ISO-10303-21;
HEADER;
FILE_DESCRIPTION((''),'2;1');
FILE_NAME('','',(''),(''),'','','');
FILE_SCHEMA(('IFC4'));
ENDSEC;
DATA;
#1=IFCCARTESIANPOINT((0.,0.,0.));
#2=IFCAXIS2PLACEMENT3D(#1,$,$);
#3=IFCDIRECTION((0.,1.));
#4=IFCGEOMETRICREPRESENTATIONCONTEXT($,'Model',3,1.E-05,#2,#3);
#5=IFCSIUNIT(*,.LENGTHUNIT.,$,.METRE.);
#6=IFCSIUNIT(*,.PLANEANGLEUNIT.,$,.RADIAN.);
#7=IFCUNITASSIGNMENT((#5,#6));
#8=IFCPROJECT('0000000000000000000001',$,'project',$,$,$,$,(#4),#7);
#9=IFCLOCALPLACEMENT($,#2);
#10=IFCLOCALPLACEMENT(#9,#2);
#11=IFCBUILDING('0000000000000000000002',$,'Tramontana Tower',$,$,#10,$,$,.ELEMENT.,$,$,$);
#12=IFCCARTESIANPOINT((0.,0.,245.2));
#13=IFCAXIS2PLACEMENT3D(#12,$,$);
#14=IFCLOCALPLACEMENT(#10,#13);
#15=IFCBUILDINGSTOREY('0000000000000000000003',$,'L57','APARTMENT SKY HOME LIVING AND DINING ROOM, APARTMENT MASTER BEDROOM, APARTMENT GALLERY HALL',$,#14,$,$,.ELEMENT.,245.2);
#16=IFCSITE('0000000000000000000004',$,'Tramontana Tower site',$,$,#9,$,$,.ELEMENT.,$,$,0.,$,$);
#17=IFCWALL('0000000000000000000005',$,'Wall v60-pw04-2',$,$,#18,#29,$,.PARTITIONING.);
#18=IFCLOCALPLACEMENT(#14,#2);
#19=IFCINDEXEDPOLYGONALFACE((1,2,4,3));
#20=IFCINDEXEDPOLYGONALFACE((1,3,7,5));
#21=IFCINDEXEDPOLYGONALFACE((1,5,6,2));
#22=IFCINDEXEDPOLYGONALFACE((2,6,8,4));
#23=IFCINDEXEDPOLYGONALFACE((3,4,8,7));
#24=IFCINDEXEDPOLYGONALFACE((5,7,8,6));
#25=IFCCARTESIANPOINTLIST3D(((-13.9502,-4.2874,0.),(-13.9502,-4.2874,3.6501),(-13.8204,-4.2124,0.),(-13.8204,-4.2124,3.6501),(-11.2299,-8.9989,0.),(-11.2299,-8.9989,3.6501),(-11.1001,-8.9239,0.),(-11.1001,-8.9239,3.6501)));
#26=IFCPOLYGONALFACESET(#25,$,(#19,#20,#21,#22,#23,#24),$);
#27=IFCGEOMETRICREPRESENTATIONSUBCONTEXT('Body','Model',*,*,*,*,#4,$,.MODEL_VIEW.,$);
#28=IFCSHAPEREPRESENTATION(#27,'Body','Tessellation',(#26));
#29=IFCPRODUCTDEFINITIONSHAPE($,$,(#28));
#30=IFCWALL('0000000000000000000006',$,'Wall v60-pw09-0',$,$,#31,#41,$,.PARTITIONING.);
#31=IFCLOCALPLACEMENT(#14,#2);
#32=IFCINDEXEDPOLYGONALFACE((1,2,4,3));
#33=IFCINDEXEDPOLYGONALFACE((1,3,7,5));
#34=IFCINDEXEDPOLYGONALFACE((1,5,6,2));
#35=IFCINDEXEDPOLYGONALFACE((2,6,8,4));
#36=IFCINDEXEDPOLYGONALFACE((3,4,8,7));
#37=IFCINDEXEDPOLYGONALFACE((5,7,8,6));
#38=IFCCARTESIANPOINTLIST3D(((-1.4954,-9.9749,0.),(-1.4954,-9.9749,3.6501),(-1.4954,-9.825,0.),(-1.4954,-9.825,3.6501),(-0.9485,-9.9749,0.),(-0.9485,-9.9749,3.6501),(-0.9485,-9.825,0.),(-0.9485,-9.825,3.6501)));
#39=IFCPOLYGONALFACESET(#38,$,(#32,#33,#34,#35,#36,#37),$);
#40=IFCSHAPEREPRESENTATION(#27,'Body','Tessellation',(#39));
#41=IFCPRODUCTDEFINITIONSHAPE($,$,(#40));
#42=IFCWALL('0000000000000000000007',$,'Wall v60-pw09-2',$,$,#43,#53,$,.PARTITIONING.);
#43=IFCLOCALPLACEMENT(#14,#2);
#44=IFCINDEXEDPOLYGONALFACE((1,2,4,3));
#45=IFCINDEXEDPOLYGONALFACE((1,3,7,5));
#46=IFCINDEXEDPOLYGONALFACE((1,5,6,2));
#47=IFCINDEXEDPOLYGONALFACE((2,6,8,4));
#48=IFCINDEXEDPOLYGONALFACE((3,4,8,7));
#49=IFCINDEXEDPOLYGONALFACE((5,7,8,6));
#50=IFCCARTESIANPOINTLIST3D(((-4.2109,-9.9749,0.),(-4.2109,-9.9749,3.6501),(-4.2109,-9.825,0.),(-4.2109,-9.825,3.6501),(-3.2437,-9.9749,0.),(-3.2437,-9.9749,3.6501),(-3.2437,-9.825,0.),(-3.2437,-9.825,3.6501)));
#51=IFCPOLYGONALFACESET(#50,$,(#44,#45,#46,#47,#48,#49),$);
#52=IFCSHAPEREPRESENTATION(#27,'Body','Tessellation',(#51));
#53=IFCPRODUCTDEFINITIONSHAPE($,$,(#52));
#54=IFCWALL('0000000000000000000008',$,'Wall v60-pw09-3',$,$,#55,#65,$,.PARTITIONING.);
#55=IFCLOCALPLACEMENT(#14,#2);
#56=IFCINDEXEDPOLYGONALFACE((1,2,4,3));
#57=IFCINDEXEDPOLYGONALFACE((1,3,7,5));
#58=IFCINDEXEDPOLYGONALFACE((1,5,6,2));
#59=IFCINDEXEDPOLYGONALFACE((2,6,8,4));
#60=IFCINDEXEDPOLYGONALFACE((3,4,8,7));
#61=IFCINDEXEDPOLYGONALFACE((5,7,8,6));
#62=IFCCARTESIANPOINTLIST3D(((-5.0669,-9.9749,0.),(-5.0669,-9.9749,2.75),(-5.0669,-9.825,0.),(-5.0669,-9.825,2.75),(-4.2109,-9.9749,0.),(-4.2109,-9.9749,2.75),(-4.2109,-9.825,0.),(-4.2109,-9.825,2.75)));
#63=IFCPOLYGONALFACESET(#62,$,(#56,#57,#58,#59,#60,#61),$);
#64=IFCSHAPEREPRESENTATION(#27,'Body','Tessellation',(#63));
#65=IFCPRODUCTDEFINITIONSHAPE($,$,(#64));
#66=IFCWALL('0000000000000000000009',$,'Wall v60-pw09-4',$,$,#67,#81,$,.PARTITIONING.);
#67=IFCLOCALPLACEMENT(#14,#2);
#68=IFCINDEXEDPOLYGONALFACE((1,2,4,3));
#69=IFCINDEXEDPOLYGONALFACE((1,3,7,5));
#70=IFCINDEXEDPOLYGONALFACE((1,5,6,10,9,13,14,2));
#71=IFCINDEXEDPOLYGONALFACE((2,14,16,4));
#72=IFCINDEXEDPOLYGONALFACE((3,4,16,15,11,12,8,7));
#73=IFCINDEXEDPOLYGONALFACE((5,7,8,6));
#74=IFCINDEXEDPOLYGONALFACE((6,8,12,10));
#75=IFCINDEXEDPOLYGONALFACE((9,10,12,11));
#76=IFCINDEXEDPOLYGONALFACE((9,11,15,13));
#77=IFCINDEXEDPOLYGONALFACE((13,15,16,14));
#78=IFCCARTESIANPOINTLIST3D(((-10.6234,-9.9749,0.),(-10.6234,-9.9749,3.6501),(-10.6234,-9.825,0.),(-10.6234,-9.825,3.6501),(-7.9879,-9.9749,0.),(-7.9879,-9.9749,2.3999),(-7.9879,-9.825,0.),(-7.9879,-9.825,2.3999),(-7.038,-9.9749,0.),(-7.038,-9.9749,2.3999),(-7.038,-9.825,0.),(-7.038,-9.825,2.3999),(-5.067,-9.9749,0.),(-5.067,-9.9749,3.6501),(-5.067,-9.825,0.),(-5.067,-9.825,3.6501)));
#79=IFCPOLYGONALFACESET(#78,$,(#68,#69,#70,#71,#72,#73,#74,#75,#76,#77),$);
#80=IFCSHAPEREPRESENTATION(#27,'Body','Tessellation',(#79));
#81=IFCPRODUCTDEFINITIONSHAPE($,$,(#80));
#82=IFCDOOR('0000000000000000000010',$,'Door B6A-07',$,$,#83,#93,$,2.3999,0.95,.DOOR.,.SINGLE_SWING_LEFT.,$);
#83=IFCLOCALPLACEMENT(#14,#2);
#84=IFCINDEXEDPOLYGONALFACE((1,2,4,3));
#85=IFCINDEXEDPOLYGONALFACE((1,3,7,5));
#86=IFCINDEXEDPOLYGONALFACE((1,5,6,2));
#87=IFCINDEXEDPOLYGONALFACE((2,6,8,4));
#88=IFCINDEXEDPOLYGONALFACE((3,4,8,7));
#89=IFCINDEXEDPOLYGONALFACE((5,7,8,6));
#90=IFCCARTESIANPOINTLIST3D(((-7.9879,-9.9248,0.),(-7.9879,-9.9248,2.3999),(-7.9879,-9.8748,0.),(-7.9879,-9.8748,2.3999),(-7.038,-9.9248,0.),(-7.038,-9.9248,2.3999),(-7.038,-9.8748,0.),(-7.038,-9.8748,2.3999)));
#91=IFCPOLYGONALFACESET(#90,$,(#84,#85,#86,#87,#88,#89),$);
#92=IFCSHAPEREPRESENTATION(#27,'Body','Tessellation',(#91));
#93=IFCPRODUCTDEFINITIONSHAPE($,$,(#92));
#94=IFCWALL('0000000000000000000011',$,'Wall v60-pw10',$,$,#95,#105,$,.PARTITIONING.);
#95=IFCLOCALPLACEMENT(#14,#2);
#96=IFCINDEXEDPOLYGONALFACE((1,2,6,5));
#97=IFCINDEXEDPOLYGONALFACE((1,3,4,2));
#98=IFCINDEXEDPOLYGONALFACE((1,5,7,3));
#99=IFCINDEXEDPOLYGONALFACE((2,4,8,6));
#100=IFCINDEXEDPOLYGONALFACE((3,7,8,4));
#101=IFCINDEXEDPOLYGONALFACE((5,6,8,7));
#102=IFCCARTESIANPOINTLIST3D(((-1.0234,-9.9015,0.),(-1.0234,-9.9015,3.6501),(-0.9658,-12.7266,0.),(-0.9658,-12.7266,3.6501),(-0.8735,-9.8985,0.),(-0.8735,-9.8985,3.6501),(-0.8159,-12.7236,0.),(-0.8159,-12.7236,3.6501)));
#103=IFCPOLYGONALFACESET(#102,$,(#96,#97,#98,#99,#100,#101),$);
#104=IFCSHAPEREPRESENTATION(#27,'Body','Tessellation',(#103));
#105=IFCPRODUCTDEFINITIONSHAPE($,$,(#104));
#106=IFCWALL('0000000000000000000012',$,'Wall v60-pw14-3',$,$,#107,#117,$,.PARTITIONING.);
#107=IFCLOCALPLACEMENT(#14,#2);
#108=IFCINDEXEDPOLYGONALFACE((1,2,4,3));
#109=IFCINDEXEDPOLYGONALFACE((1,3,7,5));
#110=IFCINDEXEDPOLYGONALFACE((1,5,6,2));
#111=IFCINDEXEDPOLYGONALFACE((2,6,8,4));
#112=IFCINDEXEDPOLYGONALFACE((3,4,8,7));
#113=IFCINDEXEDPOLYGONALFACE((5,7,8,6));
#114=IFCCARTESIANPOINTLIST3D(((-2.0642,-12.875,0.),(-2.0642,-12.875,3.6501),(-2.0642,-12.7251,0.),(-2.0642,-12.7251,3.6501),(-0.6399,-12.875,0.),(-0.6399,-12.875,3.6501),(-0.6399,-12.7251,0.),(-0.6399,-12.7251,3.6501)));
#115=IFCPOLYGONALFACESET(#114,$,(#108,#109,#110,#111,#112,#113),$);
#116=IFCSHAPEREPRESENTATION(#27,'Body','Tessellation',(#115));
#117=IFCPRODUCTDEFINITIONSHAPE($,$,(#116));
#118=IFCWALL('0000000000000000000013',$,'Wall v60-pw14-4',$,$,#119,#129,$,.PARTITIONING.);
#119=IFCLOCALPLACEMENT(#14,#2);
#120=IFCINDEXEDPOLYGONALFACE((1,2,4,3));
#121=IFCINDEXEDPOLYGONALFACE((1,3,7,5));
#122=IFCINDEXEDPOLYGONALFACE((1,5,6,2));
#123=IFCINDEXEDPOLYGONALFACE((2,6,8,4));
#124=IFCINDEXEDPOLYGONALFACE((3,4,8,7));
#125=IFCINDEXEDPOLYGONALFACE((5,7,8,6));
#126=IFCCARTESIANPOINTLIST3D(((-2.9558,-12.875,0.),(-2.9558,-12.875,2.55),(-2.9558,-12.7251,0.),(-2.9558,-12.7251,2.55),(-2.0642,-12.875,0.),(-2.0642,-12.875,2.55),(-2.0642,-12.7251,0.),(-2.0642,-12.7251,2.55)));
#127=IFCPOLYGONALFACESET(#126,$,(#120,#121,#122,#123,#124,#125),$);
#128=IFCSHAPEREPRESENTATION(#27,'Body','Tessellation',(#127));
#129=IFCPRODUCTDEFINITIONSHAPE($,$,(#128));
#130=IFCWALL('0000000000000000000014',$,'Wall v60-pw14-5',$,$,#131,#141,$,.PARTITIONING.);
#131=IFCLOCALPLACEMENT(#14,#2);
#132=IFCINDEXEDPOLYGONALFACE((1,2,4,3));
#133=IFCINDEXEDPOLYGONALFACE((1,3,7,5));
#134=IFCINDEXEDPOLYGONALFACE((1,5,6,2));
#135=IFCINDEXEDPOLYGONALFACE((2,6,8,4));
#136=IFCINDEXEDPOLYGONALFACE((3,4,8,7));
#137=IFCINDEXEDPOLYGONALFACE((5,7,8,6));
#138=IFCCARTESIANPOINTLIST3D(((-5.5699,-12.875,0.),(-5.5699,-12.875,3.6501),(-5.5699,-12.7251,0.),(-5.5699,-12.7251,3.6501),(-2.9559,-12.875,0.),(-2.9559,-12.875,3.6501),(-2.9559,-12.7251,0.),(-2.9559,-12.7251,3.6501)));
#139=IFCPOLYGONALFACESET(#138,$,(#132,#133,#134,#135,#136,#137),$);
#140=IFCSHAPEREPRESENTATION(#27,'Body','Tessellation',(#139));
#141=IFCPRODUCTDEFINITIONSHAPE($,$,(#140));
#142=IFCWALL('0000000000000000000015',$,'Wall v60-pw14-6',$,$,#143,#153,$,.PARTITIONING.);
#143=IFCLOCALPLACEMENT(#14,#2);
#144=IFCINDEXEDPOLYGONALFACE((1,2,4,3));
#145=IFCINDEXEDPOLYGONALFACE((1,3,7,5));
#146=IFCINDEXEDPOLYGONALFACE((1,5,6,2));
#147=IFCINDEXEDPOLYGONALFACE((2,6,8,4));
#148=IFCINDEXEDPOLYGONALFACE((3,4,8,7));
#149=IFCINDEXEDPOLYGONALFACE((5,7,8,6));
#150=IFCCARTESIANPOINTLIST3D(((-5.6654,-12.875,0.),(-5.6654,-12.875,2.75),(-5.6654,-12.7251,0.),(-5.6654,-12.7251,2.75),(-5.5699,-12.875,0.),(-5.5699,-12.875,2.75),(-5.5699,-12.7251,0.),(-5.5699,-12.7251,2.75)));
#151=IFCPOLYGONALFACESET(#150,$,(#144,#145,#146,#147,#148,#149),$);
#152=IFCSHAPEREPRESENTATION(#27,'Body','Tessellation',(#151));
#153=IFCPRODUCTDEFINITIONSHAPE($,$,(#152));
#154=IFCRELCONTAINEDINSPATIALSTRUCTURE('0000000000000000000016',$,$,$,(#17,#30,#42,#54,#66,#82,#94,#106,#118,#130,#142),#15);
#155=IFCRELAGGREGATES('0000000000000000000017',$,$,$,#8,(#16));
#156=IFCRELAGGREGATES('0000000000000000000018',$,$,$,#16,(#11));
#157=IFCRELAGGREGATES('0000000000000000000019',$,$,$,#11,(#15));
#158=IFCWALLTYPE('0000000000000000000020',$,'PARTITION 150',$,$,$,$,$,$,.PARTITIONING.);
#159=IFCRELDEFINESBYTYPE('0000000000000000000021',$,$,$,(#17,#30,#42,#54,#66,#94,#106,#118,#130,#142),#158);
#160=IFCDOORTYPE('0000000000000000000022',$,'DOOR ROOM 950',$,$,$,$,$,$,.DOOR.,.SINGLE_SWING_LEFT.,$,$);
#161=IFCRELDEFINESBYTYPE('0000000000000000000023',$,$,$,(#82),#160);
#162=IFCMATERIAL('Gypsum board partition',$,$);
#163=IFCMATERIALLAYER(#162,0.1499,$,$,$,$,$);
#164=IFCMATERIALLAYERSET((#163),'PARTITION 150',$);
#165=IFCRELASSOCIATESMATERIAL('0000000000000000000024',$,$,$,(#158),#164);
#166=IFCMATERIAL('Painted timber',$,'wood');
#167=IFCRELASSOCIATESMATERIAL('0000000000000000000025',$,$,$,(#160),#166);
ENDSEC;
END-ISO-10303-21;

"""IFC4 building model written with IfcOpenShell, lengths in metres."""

from ifc_helpers import new_model, si_unit, direction, frame, frame_2d, origin, place, context, subcontext, project, spatial, rectangle, extrude, material, layer, layer_set, type_object, element, fill, save


model = new_model("IFC4")

# Units and contexts
model_context = context("Model", 3, precision=1e-05, world=origin(), true_north=direction((0.0, 1.0)))
body_context = subcontext(model_context, "Body", "Model", "MODEL_VIEW")
ifc_project = project(units=[si_unit("LENGTHUNIT", "METRE"), si_unit("PLANEANGLEUNIT", "RADIAN")], contexts=[model_context])

# Site, building, storey
site_placement = place(None, origin())
site = spatial("IfcSite", under=ifc_project, at=site_placement, Name="Tramontana Tower site", CompositionType="ELEMENT", RefElevation=0.0)
building_placement = place(site_placement, origin())
building = spatial("IfcBuilding", under=site, at=building_placement, Name="Tramontana Tower", CompositionType="ELEMENT")
storey_placement = place(building_placement, frame((0.0, 0.0, 245.2)))
storey = spatial("IfcBuildingStorey", under=building, at=storey_placement, Name="L57", Description="APARTMENT SKY HOME LIVING AND DINING ROOM, APARTMENT MASTER BEDROOM, APARTMENT GALLERY HALL", CompositionType="ELEMENT", Elevation=245.2)

# Walls
ifc_material_1 = material(Name="Gypsum board partition")
ifc_layer_1 = layer(ifc_material_1, 0.1499)
ifc_layer_set_1 = layer_set([ifc_layer_1], Name="PARTITION 150")
wall_type_1 = type_object("IfcWallType", Name="PARTITION 150", PredefinedType="PARTITIONING", material=ifc_layer_set_1)
wall_1_placement = place(storey_placement, frame((-11.165, -8.9614, 0.0), z_axis=(0.0, 0.0, 1.0), x_axis=(-0.50001, 0.86602, 0.0)))
element("IfcWall", 1, at=wall_1_placement, inside=storey, type_object=wall_type_1, Name="Wall v60-pw04-2", PredefinedType="PARTITIONING", context=body_context, shape_type="SweptSolid", body=[
    extrude(rectangle(XDim=5.4404, YDim=0.1499, at=frame_2d((2.7202, 0.0))), origin(), (0.0, 0.0, 1.0), 3.6501),
])
wall_2_placement = place(storey_placement, frame((-0.9485, -9.8999, 0.0), z_axis=(0.0, 0.0, 1.0), x_axis=(-1.0, 0.0, 0.0)))
element("IfcWall", 2, at=wall_2_placement, inside=storey, type_object=wall_type_1, Name="Wall v60-pw09-0", PredefinedType="PARTITIONING", context=body_context, shape_type="SweptSolid", body=[
    extrude(rectangle(XDim=0.5469, YDim=0.1499, at=frame_2d((0.2734, 0.0))), origin(), (0.0, 0.0, 1.0), 3.6501),
])

# Shared definitions
ifc_material_2 = material(Name="Painted timber", Category="wood")
door_type_1 = type_object("IfcDoorType", Name="DOOR ROOM 950", OperationType="SINGLE_SWING_LEFT", PredefinedType="DOOR", material=ifc_material_2)

# Walls
wall_3_placement = place(storey_placement, frame((-3.2437, -9.8999, 0.0), z_axis=(0.0, 0.0, 1.0), x_axis=(-1.0, 0.0, 0.0)))
element("IfcWall", 3, at=wall_3_placement, inside=storey, type_object=wall_type_1, Name="Wall v60-pw09-2", PredefinedType="PARTITIONING", context=body_context, shape_type="SweptSolid", body=[
    extrude(rectangle(XDim=0.9673, YDim=0.1499, at=frame_2d((0.4836, 0.0))), origin(), (0.0, 0.0, 1.0), 3.6501),
])
wall_4_placement = place(storey_placement, frame((-4.2109, -9.8999, 0.0), z_axis=(0.0, 0.0, 1.0), x_axis=(-1.0, 0.0, 0.0)))
element("IfcWall", 4, at=wall_4_placement, inside=storey, type_object=wall_type_1, Name="Wall v60-pw09-3", PredefinedType="PARTITIONING", context=body_context, shape_type="SweptSolid", body=[
    extrude(rectangle(XDim=0.856, YDim=0.1499, at=frame_2d((0.428, 0.0))), origin(), (0.0, 0.0, 1.0), 2.75),
])

# Wall, opening, door
wall_5_placement = place(storey_placement, frame((-5.0669, -9.8999, 0.0), z_axis=(0.0, 0.0, 1.0), x_axis=(-1.0, 0.0, 0.0)))
wall_5 = element("IfcWall", 5, at=wall_5_placement, inside=storey, type_object=wall_type_1, Name="Wall v60-pw09-4", PredefinedType="PARTITIONING", context=body_context, shape_type="SweptSolid", body=[
    extrude(rectangle(XDim=5.5564, YDim=0.1499, at=frame_2d((2.7783, 0.0))), origin(), (0.0, 0.0, 1.0), 3.6501),
])
opening_1_placement = place(wall_5_placement, frame((1.9709, 0.0, 0.0)))
opening_1 = element("IfcOpeningElement", 6, at=opening_1_placement, cuts=wall_5, PredefinedType="OPENING", context=body_context, shape_type="SweptSolid", body=[
    extrude(rectangle(XDim=0.95, YDim=2.3999, at=frame_2d((0.4751, 1.2))), frame((0.0, 0.085, 0.0), z_axis=(0.0, -1.0, 0.0), x_axis=(1.0, 0.0, 0.0)), (0.0, 0.0, 1.0), 0.1699),
])
door_1_placement = place(opening_1_placement, origin())
door_1 = element("IfcDoor", 7, at=door_1_placement, inside=storey, type_object=door_type_1, Name="Door B6A-07", OperationType="SINGLE_SWING_LEFT", OverallHeight=2.3999, OverallWidth=0.95, PredefinedType="DOOR", context=body_context, shape_type="SweptSolid", body=[
    extrude(rectangle(XDim=0.95, YDim=2.3999, at=frame_2d((0.4751, 1.2))), frame((0.0, 0.0249, 0.0), z_axis=(0.0, -1.0, 0.0), x_axis=(1.0, 0.0, 0.0)), (0.0, 0.0, 1.0), 0.05),
])
fill(opening_1, door_1)

# Walls
wall_6_placement = place(storey_placement, frame((-0.8909, -12.7251, 0.0), z_axis=(0.0, 0.0, 1.0), x_axis=(-0.02039, 0.999792, 0.0)))
element("IfcWall", 8, at=wall_6_placement, inside=storey, type_object=wall_type_1, Name="Wall v60-pw10", PredefinedType="PARTITIONING", context=body_context, shape_type="SweptSolid", body=[
    extrude(rectangle(XDim=2.8257, YDim=0.1499, at=frame_2d((1.4128, 0.0))), origin(), (0.0, 0.0, 1.0), 3.6501),
])
wall_7_placement = place(storey_placement, frame((-0.6399, -12.8, 0.0), z_axis=(0.0, 0.0, 1.0), x_axis=(-1.0, 0.0, 0.0)))
element("IfcWall", 9, at=wall_7_placement, inside=storey, type_object=wall_type_1, Name="Wall v60-pw14-3", PredefinedType="PARTITIONING", context=body_context, shape_type="SweptSolid", body=[
    extrude(rectangle(XDim=1.4243, YDim=0.1499, at=frame_2d((0.7122, 0.0))), origin(), (0.0, 0.0, 1.0), 3.6501),
])
wall_8_placement = place(storey_placement, frame((-2.0642, -12.8, 0.0), z_axis=(0.0, 0.0, 1.0), x_axis=(-1.0, 0.0, 0.0)))
element("IfcWall", 10, at=wall_8_placement, inside=storey, type_object=wall_type_1, Name="Wall v60-pw14-4", PredefinedType="PARTITIONING", context=body_context, shape_type="SweptSolid", body=[
    extrude(rectangle(XDim=0.8916, YDim=0.1499, at=frame_2d((0.4458, 0.0))), origin(), (0.0, 0.0, 1.0), 2.55),
])
wall_9_placement = place(storey_placement, frame((-2.9558, -12.8, 0.0), z_axis=(0.0, 0.0, 1.0), x_axis=(-1.0, 0.0, 0.0)))
element("IfcWall", 11, at=wall_9_placement, inside=storey, type_object=wall_type_1, Name="Wall v60-pw14-5", PredefinedType="PARTITIONING", context=body_context, shape_type="SweptSolid", body=[
    extrude(rectangle(XDim=2.614, YDim=0.1499, at=frame_2d((1.3071, 0.0))), origin(), (0.0, 0.0, 1.0), 3.6501),
])
wall_10_placement = place(storey_placement, frame((-5.5698, -12.8, 0.0), z_axis=(0.0, 0.0, 1.0), x_axis=(-1.0, 0.0, 0.0)))
element("IfcWall", 12, at=wall_10_placement, inside=storey, type_object=wall_type_1, Name="Wall v60-pw14-6", PredefinedType="PARTITIONING", context=body_context, shape_type="SweptSolid", body=[
    extrude(rectangle(XDim=0.0955, YDim=0.1499, at=frame_2d((0.0479, 0.0))), origin(), (0.0, 0.0, 1.0), 2.75),
])

save(model, "model.ifc")
